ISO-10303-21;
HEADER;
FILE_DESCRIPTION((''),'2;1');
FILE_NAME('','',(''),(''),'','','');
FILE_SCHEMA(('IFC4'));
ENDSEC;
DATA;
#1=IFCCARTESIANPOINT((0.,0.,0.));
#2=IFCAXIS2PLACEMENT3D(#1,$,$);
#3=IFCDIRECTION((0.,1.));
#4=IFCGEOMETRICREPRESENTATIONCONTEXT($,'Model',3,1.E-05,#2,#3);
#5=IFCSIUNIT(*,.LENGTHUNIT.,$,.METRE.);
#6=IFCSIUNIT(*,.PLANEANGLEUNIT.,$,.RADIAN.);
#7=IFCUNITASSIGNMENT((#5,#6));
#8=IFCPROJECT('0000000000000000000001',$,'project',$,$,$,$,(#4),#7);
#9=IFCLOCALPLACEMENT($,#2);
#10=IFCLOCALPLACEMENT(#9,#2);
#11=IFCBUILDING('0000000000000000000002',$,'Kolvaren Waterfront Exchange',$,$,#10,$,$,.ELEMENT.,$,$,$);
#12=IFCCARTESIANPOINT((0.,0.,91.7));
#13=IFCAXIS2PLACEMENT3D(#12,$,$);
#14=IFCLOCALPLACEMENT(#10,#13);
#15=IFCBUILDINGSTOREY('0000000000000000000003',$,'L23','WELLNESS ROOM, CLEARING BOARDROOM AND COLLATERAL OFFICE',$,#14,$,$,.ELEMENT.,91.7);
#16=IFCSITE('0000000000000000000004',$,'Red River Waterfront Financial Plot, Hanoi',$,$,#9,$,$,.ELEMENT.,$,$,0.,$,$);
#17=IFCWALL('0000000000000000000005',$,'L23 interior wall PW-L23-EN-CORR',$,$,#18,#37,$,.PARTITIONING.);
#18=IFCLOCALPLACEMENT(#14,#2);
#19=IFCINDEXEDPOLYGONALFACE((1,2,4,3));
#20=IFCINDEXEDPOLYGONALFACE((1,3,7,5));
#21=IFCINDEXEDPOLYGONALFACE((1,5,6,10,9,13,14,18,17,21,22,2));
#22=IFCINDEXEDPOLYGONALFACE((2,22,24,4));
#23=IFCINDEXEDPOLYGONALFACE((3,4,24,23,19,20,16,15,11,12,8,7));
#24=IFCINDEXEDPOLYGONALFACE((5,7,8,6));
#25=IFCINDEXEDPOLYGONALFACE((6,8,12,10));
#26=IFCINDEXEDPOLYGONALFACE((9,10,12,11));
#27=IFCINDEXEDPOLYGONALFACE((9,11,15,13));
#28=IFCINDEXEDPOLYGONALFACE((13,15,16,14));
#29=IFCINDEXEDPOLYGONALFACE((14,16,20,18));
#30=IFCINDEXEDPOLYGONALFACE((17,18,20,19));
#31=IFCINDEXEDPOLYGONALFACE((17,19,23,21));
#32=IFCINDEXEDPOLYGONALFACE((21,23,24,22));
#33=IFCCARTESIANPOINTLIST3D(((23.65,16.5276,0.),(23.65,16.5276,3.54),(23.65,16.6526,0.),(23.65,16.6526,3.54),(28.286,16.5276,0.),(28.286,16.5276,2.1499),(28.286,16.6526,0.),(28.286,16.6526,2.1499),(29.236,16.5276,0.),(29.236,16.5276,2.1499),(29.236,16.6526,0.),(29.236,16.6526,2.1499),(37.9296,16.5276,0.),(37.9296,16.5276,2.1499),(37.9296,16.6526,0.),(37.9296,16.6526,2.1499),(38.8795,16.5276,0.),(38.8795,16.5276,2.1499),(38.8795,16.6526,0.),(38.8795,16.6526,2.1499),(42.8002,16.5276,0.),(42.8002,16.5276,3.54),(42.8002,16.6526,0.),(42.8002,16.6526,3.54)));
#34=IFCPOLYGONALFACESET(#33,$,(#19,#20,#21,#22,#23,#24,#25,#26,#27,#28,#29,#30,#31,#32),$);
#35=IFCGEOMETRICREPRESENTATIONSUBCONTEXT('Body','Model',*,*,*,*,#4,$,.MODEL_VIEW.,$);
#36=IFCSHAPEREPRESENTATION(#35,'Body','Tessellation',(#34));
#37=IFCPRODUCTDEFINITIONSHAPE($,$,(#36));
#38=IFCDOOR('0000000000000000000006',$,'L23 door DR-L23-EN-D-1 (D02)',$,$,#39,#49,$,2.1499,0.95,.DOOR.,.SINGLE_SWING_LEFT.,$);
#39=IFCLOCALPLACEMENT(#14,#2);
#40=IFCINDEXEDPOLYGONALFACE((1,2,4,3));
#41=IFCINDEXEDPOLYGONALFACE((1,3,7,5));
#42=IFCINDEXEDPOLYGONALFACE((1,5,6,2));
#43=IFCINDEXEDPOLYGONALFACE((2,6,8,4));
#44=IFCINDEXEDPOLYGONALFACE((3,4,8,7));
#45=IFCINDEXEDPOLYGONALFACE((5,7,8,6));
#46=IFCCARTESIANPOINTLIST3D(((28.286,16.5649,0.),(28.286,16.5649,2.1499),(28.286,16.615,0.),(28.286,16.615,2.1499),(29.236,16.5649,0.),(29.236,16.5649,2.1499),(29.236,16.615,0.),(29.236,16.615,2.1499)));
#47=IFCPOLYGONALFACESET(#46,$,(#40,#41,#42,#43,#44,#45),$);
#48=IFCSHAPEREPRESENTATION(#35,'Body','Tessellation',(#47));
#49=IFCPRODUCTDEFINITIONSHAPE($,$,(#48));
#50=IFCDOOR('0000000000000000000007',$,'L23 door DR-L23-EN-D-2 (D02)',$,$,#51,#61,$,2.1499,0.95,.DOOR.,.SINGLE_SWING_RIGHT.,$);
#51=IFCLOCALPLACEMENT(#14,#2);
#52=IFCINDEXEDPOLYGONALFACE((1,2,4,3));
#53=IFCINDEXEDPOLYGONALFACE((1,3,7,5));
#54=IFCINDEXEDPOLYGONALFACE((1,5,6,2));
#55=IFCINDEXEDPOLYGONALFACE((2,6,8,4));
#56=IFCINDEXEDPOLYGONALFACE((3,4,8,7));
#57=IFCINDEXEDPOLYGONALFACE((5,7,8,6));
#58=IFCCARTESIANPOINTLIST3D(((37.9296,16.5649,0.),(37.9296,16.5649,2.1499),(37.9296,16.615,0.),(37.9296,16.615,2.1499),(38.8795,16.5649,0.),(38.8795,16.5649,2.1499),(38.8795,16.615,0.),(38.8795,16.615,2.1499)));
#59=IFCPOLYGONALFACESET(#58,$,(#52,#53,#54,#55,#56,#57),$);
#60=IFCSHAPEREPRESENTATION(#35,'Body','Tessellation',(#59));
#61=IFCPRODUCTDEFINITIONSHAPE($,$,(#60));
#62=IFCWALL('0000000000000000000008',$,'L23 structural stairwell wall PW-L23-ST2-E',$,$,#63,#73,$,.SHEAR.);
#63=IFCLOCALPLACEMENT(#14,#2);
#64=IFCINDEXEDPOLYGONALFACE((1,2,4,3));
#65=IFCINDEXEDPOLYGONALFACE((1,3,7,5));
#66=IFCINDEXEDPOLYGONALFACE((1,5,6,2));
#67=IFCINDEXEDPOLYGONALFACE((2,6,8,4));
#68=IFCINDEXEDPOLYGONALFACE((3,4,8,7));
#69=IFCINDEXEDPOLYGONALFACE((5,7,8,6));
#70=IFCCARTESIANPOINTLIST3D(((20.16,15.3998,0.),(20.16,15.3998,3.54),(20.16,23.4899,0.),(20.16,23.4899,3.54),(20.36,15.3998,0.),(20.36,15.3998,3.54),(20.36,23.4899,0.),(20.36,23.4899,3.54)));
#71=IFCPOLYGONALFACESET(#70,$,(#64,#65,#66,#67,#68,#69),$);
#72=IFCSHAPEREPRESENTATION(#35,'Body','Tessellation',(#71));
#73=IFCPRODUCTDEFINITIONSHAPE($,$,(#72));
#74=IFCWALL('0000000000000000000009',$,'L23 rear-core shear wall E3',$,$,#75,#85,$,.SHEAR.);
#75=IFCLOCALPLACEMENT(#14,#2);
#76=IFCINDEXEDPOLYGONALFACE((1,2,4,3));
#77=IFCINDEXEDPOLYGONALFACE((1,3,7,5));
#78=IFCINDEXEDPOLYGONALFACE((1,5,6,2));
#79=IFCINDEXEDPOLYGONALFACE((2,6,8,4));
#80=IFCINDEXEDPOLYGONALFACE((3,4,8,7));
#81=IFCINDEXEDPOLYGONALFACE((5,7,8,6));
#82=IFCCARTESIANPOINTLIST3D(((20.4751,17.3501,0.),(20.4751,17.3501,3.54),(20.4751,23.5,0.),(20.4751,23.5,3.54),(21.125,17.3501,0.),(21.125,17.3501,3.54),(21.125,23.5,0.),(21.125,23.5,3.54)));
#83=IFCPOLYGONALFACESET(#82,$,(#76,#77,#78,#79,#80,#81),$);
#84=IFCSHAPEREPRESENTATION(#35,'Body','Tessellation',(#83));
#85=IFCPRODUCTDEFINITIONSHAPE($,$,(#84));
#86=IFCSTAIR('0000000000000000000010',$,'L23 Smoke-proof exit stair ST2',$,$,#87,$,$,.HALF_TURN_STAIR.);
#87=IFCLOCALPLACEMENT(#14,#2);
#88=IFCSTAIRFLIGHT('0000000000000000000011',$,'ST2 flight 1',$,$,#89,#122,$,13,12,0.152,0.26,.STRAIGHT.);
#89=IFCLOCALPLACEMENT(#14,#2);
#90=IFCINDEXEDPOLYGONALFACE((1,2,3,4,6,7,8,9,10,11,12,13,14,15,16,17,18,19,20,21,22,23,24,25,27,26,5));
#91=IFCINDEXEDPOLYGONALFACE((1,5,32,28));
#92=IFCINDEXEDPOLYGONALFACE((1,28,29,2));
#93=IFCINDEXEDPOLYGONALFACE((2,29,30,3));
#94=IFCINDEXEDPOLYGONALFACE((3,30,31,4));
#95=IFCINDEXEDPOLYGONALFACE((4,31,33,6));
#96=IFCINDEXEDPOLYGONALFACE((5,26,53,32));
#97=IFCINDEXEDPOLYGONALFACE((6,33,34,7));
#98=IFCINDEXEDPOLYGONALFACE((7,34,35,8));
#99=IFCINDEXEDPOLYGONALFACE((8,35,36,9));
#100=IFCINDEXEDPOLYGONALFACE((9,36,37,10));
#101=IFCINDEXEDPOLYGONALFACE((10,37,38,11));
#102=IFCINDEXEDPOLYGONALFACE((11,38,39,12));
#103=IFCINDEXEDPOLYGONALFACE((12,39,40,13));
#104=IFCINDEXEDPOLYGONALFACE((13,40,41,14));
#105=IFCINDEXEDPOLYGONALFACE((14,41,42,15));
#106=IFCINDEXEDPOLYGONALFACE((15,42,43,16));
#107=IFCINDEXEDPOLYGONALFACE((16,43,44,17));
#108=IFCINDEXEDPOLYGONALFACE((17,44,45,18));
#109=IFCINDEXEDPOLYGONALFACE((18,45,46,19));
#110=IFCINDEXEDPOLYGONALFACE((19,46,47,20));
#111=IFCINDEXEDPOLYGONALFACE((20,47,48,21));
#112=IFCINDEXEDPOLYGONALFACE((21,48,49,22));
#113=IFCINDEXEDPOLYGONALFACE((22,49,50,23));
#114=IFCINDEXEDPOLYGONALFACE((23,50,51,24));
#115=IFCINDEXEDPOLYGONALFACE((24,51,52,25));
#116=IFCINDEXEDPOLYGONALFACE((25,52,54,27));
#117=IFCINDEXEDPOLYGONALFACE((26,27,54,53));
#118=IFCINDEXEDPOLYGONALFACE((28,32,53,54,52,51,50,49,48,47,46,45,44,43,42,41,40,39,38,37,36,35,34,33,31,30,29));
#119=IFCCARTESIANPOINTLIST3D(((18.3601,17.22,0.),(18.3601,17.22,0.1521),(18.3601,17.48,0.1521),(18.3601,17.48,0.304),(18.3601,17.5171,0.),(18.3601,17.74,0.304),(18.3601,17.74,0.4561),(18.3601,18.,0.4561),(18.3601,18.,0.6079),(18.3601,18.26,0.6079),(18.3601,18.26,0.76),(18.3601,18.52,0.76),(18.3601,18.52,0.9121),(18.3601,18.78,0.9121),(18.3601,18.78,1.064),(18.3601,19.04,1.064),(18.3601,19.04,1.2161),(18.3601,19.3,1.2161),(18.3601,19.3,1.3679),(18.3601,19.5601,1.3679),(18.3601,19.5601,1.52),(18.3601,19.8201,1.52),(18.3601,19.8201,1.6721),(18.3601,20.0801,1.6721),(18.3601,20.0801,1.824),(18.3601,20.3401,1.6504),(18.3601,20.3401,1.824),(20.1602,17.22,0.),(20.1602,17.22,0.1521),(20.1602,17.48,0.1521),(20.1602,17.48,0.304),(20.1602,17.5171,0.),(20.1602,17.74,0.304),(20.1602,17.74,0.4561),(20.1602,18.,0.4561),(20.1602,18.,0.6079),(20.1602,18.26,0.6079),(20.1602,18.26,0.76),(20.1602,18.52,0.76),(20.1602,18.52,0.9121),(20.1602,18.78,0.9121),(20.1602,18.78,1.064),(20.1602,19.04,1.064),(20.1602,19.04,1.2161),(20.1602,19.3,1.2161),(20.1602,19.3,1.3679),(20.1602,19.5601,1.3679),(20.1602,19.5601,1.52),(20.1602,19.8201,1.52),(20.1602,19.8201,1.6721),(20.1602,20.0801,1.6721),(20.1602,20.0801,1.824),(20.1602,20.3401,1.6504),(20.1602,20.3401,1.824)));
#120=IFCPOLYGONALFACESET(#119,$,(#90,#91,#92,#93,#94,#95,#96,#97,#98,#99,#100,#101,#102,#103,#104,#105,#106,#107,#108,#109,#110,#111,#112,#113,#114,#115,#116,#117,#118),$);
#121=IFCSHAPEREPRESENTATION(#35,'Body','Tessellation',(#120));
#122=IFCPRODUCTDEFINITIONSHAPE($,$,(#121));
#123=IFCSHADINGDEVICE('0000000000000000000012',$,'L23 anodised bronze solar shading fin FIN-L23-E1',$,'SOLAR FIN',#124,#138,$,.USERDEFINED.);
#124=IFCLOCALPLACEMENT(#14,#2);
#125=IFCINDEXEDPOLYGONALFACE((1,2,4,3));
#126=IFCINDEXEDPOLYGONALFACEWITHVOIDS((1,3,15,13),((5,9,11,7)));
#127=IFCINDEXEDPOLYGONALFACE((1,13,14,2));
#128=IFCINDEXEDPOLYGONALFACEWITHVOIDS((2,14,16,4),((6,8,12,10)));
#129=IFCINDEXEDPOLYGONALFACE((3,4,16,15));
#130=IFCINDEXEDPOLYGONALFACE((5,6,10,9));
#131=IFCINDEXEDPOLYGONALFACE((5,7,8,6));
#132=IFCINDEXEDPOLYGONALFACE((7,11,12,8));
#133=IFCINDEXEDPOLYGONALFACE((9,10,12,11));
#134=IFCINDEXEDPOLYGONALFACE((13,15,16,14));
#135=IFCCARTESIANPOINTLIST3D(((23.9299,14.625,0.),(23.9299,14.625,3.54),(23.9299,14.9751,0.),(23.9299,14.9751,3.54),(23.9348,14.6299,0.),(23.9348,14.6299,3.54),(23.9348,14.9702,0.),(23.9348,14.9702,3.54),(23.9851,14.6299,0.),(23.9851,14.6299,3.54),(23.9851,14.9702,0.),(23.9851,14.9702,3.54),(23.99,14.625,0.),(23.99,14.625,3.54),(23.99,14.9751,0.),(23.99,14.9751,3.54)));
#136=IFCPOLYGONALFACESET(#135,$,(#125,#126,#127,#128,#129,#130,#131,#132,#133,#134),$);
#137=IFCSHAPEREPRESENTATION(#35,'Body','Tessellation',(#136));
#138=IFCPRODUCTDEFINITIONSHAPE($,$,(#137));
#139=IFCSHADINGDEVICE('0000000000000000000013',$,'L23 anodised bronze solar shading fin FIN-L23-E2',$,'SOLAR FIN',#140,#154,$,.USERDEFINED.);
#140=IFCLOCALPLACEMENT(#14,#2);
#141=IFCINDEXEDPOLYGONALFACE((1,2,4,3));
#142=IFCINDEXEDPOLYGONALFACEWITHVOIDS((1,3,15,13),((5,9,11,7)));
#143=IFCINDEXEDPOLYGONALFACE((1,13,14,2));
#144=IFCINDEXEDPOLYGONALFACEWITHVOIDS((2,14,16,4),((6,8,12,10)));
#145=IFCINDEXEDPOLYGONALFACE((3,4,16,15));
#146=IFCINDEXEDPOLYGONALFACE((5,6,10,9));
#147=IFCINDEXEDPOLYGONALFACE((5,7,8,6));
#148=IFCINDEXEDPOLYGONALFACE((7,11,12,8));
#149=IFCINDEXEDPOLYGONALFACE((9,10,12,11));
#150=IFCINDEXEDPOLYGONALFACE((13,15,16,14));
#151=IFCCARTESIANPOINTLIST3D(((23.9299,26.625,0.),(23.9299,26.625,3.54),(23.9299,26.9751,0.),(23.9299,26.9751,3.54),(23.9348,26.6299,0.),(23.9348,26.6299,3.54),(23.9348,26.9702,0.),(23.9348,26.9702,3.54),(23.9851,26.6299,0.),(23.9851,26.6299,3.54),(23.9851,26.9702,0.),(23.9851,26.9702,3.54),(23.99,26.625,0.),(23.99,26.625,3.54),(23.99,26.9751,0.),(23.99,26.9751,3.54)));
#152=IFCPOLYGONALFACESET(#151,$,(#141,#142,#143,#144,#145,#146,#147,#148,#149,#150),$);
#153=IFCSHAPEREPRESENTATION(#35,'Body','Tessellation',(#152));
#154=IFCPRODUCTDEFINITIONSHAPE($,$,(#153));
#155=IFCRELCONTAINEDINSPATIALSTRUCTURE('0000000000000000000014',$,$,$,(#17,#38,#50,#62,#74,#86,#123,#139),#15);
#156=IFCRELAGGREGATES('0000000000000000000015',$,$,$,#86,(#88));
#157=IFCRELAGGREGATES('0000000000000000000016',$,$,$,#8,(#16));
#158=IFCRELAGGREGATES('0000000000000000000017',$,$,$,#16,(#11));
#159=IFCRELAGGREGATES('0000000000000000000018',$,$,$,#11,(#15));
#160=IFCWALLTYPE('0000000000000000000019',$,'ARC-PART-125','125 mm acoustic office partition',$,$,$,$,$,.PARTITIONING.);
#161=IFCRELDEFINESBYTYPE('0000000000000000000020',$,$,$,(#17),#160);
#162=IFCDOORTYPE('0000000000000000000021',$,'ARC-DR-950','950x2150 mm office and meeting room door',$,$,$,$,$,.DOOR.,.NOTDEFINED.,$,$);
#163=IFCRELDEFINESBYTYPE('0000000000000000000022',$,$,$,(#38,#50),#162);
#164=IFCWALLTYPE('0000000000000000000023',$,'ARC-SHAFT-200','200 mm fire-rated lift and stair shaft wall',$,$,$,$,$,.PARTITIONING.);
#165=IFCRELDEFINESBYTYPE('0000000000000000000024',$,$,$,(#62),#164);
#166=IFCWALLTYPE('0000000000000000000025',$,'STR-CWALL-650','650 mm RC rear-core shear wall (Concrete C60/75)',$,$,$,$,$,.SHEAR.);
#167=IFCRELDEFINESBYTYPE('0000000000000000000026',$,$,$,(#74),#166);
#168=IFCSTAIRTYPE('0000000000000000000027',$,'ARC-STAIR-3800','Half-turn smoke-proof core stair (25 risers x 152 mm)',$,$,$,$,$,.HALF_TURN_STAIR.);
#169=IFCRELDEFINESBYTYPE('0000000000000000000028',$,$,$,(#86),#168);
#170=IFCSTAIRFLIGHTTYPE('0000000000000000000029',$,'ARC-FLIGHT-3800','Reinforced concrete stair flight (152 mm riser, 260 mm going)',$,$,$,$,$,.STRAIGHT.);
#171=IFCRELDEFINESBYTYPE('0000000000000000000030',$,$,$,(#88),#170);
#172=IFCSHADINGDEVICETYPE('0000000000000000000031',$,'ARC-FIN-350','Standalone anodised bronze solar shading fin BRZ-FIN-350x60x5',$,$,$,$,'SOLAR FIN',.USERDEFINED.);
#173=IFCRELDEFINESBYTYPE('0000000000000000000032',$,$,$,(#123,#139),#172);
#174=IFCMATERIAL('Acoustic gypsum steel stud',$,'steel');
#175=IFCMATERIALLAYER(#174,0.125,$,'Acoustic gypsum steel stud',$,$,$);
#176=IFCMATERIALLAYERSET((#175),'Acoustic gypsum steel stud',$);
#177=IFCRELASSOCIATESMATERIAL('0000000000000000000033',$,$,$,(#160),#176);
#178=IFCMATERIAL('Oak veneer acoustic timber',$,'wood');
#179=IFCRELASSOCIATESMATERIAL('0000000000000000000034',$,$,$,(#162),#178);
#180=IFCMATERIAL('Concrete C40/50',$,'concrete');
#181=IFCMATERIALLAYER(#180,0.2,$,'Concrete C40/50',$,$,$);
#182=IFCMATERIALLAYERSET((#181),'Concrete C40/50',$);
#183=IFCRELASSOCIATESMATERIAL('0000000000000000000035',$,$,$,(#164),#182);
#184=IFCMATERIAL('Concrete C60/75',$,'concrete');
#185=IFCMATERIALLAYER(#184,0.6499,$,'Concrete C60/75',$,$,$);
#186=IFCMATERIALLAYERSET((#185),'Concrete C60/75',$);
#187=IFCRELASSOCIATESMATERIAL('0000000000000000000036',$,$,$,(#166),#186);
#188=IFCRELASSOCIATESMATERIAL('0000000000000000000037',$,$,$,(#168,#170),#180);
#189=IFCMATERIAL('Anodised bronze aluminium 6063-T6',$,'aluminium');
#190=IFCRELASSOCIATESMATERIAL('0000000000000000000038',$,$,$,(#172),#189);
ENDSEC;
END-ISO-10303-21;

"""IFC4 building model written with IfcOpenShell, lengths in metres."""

from ifc_helpers import new_model, si_unit, direction, frame, frame_2d, origin, origin_2d, place, context, subcontext, project, spatial, polyline, rectangle, hollow_rectangle, outline, extrude, material, layer, layer_set, material_profile, profile_set, type_object, element, fill, aggregate, save


model = new_model("IFC4")

# Units and contexts
model_context = context("Model", 3, precision=1e-05, world=origin(), true_north=direction((0.0, 1.0)))
body_context = subcontext(model_context, "Body", "Model", "MODEL_VIEW")
ifc_project = project(units=[si_unit("LENGTHUNIT", "METRE"), si_unit("PLANEANGLEUNIT", "RADIAN")], contexts=[model_context])

# Site, building, storey
site_placement = place(None, origin())
site = spatial("IfcSite", under=ifc_project, at=site_placement, Name="Red River Waterfront Financial Plot, Hanoi", CompositionType="ELEMENT", RefElevation=0.0)
building_placement = place(site_placement, origin())
building = spatial("IfcBuilding", under=site, at=building_placement, Name="Kolvaren Waterfront Exchange", CompositionType="ELEMENT")
storey_placement = place(building_placement, frame((0.0, 0.0, 91.7)))
storey = spatial("IfcBuildingStorey", under=building, at=storey_placement, Name="L23", Description="WELLNESS ROOM, CLEARING BOARDROOM AND COLLATERAL OFFICE", CompositionType="ELEMENT", Elevation=91.7)

# Shared definitions
ifc_material_1 = material(Name="Concrete C60/75", Category="concrete")

# Shared definitions
ifc_material_2 = material(Name="Anodised bronze aluminium 6063-T6", Category="aluminium")

# Shared definitions
ifc_material_3 = material(Name="Acoustic gypsum steel stud", Category="steel")
ifc_layer_1 = layer(ifc_material_3, 0.125, Name="Acoustic gypsum steel stud")
ifc_layer_set_1 = layer_set([ifc_layer_1], Name="Acoustic gypsum steel stud")
wall_type_1 = type_object("IfcWallType", Name="ARC-PART-125", Description="125 mm acoustic office partition", PredefinedType="PARTITIONING", material=ifc_layer_set_1)

# Wall, openings, doors
wall_1_placement = place(storey_placement, frame((23.6499, 16.5901, 0.0), z_axis=(0.0, 0.0, 1.0), x_axis=(1.0, 0.0, 0.0)))
wall_1 = element("IfcWall", 1, at=wall_1_placement, inside=storey, type_object=wall_type_1, Name="L23 interior wall PW-L23-EN-CORR", PredefinedType="PARTITIONING", context=body_context, shape_type="SweptSolid", body=[
    extrude(rectangle(XDim=19.1501, YDim=0.125, at=frame_2d((9.5752, 0.0))), origin(), (0.0, 0.0, 1.0), 3.54),
])
opening_1_placement = place(wall_1_placement, frame((4.636, 0.0, 0.0)))
opening_1 = element("IfcOpeningElement", 2, at=opening_1_placement, cuts=wall_1, PredefinedType="OPENING", context=body_context, shape_type="SweptSolid", body=[
    extrude(rectangle(XDim=0.95, YDim=2.1499, at=frame_2d((0.4751, 1.075))), frame((0.0, 0.0725, 0.0), z_axis=(0.0, -1.0, 0.0), x_axis=(1.0, 0.0, 0.0)), (0.0, 0.0, 1.0), 0.145),
])
opening_2_placement = place(wall_1_placement, frame((14.2795, 0.0, 0.0)))
opening_2 = element("IfcOpeningElement", 3, at=opening_2_placement, cuts=wall_1, PredefinedType="OPENING", context=body_context, shape_type="SweptSolid", body=[
    extrude(rectangle(XDim=0.95, YDim=2.1499, at=frame_2d((0.4751, 1.075))), frame((0.0, 0.0725, 0.0), z_axis=(0.0, -1.0, 0.0), x_axis=(1.0, 0.0, 0.0)), (0.0, 0.0, 1.0), 0.145),
])
ifc_material_4 = material(Name="Oak veneer acoustic timber", Category="wood")
door_type = type_object("IfcDoorType", Name="ARC-DR-950", Description="950x2150 mm office and meeting room door", OperationType="NOTDEFINED", PredefinedType="DOOR", material=ifc_material_4)
door_1_placement = place(opening_1_placement, origin())
door_1 = element("IfcDoor", 4, at=door_1_placement, inside=storey, type_object=door_type, Name="L23 door DR-L23-EN-D-1 (D02)", OperationType="SINGLE_SWING_LEFT", OverallHeight=2.1499, OverallWidth=0.95, PredefinedType="DOOR", context=body_context, shape_type="SweptSolid", body=[
    extrude(rectangle(XDim=0.95, YDim=2.1499, at=frame_2d((0.4751, 1.075))), frame((0.0, 0.0249, 0.0), z_axis=(0.0, -1.0, 0.0), x_axis=(1.0, 0.0, 0.0)), (0.0, 0.0, 1.0), 0.05),
])
fill(opening_1, door_1)
door_2_placement = place(opening_2_placement, origin())
door_2 = element("IfcDoor", 5, at=door_2_placement, inside=storey, type_object=door_type, Name="L23 door DR-L23-EN-D-2 (D02)", OperationType="SINGLE_SWING_RIGHT", OverallHeight=2.1499, OverallWidth=0.95, PredefinedType="DOOR", context=body_context, shape_type="SweptSolid", body=[
    extrude(rectangle(XDim=0.95, YDim=2.1499, at=frame_2d((0.4751, 1.075))), frame((0.0, 0.0249, 0.0), z_axis=(0.0, -1.0, 0.0), x_axis=(1.0, 0.0, 0.0)), (0.0, 0.0, 1.0), 0.05),
])
fill(opening_2, door_2)

# Walls
ifc_material_5 = material(Name="Concrete C40/50", Category="concrete")
ifc_layer_2 = layer(ifc_material_5, 0.2, Name="Concrete C40/50")
ifc_layer_set_2 = layer_set([ifc_layer_2], Name="Concrete C40/50")
wall_type_2 = type_object("IfcWallType", Name="ARC-SHAFT-200", Description="200 mm fire-rated lift and stair shaft wall", PredefinedType="PARTITIONING", material=ifc_layer_set_2)
wall_2_placement = place(storey_placement, frame((20.26, 15.3999, 0.0), z_axis=(0.0, 0.0, 1.0), x_axis=(0.0, 1.0, 0.0)))
element("IfcWall", 6, at=wall_2_placement, inside=storey, type_object=wall_type_2, Name="L23 structural stairwell wall PW-L23-ST2-E", PredefinedType="SHEAR", context=body_context, shape_type="SweptSolid", body=[
    extrude(rectangle(XDim=8.0901, YDim=0.2, at=frame_2d((4.0449, 0.0))), origin(), (0.0, 0.0, 1.0), 3.54),
])
ifc_layer_3 = layer(ifc_material_1, 0.6499, Name="Concrete C60/75")
ifc_layer_set_3 = layer_set([ifc_layer_3], Name="Concrete C60/75")
wall_type_3 = type_object("IfcWallType", Name="STR-CWALL-650", Description="650 mm RC rear-core shear wall (Concrete C60/75)", PredefinedType="SHEAR", material=ifc_layer_set_3)
wall_3_placement = place(storey_placement, frame((20.8, 17.3501, 0.0), z_axis=(0.0, 0.0, 1.0), x_axis=(0.0, 1.0, 0.0)))
element("IfcWall", 7, at=wall_3_placement, inside=storey, type_object=wall_type_3, Name="L23 rear-core shear wall E3", PredefinedType="SHEAR", context=body_context, shape_type="SweptSolid", body=[
    extrude(rectangle(XDim=6.1499, YDim=0.6499, at=frame_2d((3.075, 0.0))), origin(), (0.0, 0.0, 1.0), 3.54),
])

# Stair, stair flight
stair_type = type_object("IfcStairType", Name="ARC-STAIR-3800", Description="Half-turn smoke-proof core stair (25 risers x 152 mm)", PredefinedType="HALF_TURN_STAIR", material=ifc_material_5)
stair_placement = place(storey_placement, origin())
stair = element("IfcStair", 8, at=stair_placement, inside=storey, type_object=stair_type, Name="L23 Smoke-proof exit stair ST2", PredefinedType="HALF_TURN_STAIR")
stair_flight_type = type_object("IfcStairFlightType", Name="ARC-FLIGHT-3800", Description="Reinforced concrete stair flight (152 mm riser, 260 mm going)", PredefinedType="STRAIGHT", material=ifc_material_5)
stair_flight_placement = place(storey_placement, frame((19.26, 17.22, 0.0), z_axis=(0.0, 0.0, 1.0), x_axis=(0.0, 1.0, 0.0)))
stair_flight = element("IfcStairFlight", 9, at=stair_flight_placement, type_object=stair_flight_type, Name="ST2 flight 1", NumberOfRisers=13, NumberOfTreads=12, PredefinedType="STRAIGHT", RiserHeight=0.152, TreadLength=0.26, context=body_context, shape_type="SweptSolid", body=[
    extrude(outline(polyline([(0.0, 0.0), (0.0, 0.1521), (0.26, 0.1521), (0.26, 0.304), (0.52, 0.304), (0.52, 0.4561), (0.78, 0.4561), (0.78, 0.6079), (1.04, 0.6079), (1.04, 0.76), (1.3, 0.76), (1.3, 0.9121), (1.5601, 0.9121), (1.5601, 1.064), (1.8201, 1.064), (1.8201, 1.2161), (2.0801, 1.2161), (2.0801, 1.3679), (2.3401, 1.3679), (2.3401, 1.52), (2.6001, 1.52), (2.6001, 1.6721), (2.8601, 1.6721), (2.8601, 1.824), (3.1201, 1.824), (3.1201, 1.9761), (3.1201, 1.6504), (0.2971, 0.0), (0.0, 0.0)])), frame((0.0, 0.8999, 0.0), z_axis=(0.0, -1.0, 0.0), x_axis=(1.0, 0.0, 0.0)), (0.0, 0.0, 1.0), 1.8),
])
aggregate(stair, [stair_flight])

# Shading devices
ifc_material_profile_1 = material_profile(ifc_material_2, hollow_rectangle(XDim=0.0601, YDim=0.3501, WallThickness=0.0049, at=origin_2d()), Name="BRZ-FIN-350x60x5")
ifc_profile_set_1 = profile_set([ifc_material_profile_1], Name="Anodised bronze aluminium 6063-T6")
shading_device_type = type_object("IfcShadingDeviceType", Name="ARC-FIN-350", Description="Standalone anodised bronze solar shading fin BRZ-FIN-350x60x5", ElementType="SOLAR FIN", PredefinedType="USERDEFINED", material=ifc_profile_set_1)
for number, where, z_axis, x_axis, name in (
    (10, (23.96, 14.8, 0.0), (0.0, 0.0, 1.0), (1.0, 0.0, 0.0), "L23 anodised bronze solar shading fin FIN-L23-E1"),
    (11, (23.96, 26.8, 0.0), (0.0, 0.0, 1.0), (1.0, 0.0, 0.0), "L23 anodised bronze solar shading fin FIN-L23-E2"),
):
    element("IfcShadingDevice", number, at=place(storey_placement, frame(where, z_axis=z_axis, x_axis=x_axis)), inside=storey, type_object=shading_device_type, Name=name, ObjectType="SOLAR FIN", PredefinedType="USERDEFINED", context=body_context, shape_type="SweptSolid", body=[
        extrude(hollow_rectangle(XDim=0.0601, YDim=0.3501, WallThickness=0.0049, at=origin_2d()), origin(), (0.0, 0.0, 1.0), 3.54),
    ])

save(model, "model.ifc")
